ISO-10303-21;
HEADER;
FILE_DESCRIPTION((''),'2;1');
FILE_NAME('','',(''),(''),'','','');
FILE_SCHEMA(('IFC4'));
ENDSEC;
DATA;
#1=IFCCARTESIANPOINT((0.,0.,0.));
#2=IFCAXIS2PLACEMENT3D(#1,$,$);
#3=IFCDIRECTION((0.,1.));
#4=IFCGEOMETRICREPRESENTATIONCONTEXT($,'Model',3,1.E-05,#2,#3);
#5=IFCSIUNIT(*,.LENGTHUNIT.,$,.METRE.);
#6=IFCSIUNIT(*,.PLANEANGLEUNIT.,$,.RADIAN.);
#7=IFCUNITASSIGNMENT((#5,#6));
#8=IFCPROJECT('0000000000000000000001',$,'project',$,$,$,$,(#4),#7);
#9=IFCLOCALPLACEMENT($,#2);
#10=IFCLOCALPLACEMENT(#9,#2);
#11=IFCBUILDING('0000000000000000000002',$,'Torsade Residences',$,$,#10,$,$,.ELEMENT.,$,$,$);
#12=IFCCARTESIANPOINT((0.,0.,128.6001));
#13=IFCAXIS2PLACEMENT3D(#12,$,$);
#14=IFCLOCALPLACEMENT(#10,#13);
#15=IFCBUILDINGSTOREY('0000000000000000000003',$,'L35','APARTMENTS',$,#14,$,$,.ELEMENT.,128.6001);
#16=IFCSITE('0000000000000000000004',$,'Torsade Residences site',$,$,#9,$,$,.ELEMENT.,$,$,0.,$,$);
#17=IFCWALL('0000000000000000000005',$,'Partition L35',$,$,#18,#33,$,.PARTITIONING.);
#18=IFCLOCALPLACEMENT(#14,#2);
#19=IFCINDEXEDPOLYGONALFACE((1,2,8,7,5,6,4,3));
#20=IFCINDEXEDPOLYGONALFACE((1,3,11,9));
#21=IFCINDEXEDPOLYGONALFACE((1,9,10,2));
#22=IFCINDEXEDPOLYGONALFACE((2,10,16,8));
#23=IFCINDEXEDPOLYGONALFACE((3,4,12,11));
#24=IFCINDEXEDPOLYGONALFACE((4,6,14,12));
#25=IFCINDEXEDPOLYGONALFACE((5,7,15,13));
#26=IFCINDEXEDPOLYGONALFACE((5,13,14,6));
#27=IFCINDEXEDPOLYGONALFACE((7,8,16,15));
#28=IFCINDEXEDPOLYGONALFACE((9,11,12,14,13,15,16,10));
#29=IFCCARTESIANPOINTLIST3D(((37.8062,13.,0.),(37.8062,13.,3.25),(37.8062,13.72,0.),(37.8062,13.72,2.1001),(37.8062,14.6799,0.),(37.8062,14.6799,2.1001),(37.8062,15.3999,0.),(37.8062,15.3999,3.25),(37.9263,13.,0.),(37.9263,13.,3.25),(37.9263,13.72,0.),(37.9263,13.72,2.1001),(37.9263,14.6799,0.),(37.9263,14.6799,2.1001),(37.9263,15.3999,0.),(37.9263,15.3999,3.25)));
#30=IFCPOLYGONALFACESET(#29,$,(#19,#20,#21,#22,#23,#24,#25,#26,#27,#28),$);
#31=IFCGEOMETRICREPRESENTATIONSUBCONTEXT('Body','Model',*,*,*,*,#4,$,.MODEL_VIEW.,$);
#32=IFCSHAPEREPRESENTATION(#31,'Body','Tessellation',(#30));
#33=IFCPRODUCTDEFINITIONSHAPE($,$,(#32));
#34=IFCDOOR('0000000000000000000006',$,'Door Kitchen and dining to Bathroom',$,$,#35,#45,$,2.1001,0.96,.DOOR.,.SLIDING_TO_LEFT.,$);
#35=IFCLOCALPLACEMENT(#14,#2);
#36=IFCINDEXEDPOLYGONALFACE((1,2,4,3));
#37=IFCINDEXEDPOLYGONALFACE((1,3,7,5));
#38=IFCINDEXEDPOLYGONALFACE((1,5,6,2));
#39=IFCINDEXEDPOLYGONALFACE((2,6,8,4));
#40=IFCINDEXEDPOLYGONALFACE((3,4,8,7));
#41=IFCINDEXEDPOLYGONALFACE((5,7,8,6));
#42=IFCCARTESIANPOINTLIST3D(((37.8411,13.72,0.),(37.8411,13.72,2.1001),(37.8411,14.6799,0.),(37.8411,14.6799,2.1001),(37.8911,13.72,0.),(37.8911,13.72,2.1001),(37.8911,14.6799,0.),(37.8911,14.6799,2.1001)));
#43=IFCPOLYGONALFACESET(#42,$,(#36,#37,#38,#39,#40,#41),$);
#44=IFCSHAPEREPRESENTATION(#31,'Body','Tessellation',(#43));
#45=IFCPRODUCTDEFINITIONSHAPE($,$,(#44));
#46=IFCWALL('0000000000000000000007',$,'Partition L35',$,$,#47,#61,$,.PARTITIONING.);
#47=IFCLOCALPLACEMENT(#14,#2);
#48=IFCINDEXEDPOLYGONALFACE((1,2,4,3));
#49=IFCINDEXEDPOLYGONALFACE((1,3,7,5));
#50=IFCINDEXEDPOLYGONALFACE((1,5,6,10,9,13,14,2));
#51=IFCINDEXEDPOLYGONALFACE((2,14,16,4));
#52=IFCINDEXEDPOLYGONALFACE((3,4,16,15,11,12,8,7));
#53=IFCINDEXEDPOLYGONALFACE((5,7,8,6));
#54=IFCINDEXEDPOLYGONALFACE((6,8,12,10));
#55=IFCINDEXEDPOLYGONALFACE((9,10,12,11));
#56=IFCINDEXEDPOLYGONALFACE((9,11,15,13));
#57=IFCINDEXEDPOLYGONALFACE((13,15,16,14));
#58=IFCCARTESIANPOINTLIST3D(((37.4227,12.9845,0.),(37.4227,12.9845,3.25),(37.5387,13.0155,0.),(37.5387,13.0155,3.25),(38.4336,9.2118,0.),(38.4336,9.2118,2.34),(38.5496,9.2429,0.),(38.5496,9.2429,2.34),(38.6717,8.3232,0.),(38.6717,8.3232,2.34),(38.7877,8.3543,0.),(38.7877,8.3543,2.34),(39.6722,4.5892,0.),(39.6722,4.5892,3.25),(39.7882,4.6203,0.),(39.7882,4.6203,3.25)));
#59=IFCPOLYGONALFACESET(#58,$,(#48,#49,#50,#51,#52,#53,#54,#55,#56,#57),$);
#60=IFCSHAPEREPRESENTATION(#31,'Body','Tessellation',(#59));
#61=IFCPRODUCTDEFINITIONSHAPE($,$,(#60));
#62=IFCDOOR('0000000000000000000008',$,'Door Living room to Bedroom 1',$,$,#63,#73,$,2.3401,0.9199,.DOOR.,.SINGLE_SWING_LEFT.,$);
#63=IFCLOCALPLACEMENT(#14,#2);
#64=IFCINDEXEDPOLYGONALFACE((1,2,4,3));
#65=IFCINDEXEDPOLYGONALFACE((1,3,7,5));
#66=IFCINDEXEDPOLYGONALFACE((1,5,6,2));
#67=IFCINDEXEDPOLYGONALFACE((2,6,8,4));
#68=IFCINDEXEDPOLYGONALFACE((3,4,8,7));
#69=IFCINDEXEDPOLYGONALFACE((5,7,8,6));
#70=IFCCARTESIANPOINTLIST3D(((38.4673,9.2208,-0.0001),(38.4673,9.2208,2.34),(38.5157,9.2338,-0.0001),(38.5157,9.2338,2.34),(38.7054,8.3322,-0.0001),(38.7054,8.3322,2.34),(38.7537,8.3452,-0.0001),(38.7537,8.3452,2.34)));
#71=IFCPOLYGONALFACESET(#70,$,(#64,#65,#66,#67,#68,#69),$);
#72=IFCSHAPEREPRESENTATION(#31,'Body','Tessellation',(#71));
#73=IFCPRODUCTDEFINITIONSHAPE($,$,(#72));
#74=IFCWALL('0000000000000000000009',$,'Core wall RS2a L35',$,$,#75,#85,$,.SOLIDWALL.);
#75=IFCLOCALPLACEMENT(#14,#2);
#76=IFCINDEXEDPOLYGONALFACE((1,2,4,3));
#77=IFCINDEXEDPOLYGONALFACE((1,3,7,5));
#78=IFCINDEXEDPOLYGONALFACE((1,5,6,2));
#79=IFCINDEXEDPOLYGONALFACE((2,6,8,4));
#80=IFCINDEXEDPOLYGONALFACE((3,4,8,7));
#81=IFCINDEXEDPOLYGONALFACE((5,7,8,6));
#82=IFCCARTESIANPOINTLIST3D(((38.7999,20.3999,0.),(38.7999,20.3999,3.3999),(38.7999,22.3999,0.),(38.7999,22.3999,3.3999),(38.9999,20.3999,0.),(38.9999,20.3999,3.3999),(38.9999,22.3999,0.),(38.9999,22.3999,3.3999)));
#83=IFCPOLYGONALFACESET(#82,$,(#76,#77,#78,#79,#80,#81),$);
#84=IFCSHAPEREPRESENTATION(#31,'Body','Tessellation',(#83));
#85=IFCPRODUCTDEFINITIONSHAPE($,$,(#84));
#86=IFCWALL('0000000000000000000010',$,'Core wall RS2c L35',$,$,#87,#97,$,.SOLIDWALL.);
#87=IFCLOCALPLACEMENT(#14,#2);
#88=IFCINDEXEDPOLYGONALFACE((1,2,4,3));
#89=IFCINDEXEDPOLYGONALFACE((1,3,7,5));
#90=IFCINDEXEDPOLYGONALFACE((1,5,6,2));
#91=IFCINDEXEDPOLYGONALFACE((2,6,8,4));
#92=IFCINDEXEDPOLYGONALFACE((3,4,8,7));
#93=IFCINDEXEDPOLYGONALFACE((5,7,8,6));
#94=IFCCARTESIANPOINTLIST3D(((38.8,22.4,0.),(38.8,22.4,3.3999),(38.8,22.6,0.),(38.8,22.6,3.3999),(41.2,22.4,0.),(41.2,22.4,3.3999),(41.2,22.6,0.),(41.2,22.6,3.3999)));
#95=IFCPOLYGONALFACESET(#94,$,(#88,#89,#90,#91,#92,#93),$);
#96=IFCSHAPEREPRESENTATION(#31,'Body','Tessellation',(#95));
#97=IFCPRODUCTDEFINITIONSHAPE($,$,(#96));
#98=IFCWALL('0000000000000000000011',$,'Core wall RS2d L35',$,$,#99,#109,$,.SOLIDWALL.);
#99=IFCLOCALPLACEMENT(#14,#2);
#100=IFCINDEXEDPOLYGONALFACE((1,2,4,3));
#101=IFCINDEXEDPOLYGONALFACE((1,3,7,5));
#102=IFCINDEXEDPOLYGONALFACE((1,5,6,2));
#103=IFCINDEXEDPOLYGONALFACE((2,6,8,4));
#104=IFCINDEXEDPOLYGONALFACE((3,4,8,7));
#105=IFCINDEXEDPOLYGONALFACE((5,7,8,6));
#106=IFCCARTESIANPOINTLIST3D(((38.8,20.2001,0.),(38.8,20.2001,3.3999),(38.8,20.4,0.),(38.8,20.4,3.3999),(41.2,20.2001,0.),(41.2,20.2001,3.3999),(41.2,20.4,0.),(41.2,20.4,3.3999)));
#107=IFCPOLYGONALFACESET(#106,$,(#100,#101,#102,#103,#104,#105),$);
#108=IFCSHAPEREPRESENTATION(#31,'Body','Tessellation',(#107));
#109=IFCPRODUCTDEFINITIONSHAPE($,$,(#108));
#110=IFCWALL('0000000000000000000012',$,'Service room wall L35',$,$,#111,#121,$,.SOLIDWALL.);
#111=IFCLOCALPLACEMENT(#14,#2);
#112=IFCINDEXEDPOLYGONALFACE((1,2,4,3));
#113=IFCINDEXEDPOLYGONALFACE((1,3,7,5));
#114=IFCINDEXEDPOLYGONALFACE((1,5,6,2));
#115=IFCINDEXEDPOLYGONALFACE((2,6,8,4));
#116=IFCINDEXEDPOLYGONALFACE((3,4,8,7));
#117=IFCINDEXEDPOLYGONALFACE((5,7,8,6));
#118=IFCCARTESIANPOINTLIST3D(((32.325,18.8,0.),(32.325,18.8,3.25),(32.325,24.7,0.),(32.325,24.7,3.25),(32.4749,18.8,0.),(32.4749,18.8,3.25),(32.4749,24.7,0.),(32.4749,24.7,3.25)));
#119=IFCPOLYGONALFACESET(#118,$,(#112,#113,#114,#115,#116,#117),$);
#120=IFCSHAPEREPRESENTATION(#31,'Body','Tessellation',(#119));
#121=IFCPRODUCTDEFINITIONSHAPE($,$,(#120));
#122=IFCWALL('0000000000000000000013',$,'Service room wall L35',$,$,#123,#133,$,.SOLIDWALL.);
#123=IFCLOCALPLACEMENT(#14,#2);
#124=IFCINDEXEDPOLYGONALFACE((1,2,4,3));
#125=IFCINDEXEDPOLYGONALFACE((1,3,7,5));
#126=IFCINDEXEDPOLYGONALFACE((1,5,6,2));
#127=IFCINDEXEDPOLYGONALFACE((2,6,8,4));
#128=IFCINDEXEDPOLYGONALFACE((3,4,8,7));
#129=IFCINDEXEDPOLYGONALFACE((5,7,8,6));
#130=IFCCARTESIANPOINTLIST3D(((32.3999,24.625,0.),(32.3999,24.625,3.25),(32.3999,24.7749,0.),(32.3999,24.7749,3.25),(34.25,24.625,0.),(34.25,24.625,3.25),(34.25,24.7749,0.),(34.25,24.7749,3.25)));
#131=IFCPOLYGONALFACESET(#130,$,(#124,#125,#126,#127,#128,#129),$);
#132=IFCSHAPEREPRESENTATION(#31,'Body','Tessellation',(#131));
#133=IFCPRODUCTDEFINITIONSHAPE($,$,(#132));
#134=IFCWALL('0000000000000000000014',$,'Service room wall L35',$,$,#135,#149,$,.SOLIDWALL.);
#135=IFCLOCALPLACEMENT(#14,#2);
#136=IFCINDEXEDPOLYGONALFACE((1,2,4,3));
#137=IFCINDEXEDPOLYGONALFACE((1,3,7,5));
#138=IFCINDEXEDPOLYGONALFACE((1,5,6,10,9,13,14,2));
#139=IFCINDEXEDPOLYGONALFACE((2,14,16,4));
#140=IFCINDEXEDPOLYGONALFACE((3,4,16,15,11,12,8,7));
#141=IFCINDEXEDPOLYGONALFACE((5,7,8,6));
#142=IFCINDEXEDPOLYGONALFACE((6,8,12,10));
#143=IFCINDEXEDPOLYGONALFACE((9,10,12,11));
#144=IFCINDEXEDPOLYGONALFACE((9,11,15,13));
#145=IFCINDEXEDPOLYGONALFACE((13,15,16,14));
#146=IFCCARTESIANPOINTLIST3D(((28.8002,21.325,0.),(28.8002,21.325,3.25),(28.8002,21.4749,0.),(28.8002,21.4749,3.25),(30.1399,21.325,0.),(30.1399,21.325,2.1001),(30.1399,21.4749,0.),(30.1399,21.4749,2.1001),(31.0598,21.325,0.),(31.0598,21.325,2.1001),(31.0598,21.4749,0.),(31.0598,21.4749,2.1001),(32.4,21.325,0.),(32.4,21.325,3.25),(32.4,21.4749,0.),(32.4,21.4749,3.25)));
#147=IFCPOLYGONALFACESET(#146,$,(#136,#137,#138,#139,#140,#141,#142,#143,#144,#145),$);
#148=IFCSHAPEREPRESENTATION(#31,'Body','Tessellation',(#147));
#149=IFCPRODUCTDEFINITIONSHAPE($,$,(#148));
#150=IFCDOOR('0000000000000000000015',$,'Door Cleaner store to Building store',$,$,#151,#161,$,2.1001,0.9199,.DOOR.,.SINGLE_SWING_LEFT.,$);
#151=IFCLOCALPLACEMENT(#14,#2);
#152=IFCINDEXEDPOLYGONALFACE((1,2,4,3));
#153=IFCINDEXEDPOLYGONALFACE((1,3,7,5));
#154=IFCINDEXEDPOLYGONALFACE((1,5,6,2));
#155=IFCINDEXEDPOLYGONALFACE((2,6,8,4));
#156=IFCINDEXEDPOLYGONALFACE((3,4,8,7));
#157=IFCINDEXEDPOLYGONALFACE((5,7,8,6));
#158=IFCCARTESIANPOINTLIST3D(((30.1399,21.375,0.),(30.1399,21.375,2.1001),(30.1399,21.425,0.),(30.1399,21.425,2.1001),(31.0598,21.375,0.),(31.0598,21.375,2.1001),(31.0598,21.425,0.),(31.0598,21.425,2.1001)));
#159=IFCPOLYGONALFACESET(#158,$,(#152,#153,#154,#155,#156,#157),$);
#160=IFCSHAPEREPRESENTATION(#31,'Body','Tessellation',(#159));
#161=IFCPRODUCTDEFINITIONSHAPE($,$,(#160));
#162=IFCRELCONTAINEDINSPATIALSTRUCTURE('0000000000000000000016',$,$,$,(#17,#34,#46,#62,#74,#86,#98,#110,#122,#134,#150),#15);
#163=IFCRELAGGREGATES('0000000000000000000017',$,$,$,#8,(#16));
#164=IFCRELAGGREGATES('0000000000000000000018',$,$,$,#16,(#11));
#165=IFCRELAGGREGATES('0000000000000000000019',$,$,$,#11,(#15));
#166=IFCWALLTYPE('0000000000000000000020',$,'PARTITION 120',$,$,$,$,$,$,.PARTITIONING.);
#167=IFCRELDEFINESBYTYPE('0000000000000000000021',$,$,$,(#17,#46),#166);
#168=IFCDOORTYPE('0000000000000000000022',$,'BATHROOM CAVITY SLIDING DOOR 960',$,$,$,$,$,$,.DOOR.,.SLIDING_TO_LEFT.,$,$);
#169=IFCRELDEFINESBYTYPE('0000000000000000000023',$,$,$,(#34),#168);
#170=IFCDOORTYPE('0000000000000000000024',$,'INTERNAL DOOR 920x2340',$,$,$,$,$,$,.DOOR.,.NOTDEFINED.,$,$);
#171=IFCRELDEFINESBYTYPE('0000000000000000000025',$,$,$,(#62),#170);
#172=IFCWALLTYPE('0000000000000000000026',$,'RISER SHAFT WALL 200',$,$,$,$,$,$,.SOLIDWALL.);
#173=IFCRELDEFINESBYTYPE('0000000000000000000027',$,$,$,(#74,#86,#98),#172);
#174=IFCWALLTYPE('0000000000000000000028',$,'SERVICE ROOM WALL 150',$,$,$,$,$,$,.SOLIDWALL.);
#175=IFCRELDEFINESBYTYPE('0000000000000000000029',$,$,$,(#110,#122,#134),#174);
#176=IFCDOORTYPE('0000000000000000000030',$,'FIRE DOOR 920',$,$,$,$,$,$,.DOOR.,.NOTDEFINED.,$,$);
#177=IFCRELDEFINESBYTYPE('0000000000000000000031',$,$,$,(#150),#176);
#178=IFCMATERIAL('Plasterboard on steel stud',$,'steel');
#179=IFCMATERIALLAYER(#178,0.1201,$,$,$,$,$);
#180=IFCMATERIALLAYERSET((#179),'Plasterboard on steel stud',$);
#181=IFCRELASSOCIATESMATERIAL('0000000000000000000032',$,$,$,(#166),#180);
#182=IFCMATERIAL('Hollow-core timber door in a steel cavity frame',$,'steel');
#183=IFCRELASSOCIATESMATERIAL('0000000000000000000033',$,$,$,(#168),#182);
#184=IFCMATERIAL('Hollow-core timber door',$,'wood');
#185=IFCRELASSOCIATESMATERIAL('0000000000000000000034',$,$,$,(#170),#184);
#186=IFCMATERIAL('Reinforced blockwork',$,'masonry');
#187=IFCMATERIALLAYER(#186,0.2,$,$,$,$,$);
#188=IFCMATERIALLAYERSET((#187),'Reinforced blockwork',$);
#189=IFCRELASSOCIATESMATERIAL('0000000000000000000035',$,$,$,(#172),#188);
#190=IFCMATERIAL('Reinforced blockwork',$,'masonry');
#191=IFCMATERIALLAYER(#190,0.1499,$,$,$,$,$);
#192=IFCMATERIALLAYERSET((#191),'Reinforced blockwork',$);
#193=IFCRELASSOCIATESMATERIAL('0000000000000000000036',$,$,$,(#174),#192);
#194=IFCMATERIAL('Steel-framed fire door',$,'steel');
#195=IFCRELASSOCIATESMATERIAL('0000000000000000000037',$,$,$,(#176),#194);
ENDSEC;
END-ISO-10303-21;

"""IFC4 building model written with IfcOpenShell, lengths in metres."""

from ifc_helpers import new_model, si_unit, direction, frame, frame_2d, origin, place, context, subcontext, project, spatial, rectangle, extrude, material, layer, layer_set, type_object, element, fill, save


model = new_model("IFC4")

# Units and contexts
model_context = context("Model", 3, precision=1e-05, world=origin(), true_north=direction((0.0, 1.0)))
body_context = subcontext(model_context, "Body", "Model", "MODEL_VIEW")
ifc_project = project(units=[si_unit("LENGTHUNIT", "METRE"), si_unit("PLANEANGLEUNIT", "RADIAN")], contexts=[model_context])

# Site, building, storey
site_placement = place(None, origin())
site = spatial("IfcSite", under=ifc_project, at=site_placement, Name="Torsade Residences site", CompositionType="ELEMENT", RefElevation=0.0)
building_placement = place(site_placement, origin())
building = spatial("IfcBuilding", under=site, at=building_placement, Name="Torsade Residences", CompositionType="ELEMENT")
storey_placement = place(building_placement, frame((0.0, 0.0, 128.6001)))
storey = spatial("IfcBuildingStorey", under=building, at=storey_placement, Name="L35", Description="APARTMENTS", CompositionType="ELEMENT", Elevation=128.6001)

# Walls, openings, doors
ifc_material_1 = material(Name="Plasterboard on steel stud", Category="steel")
ifc_layer_1 = layer(ifc_material_1, 0.1201)
ifc_layer_set_1 = layer_set([ifc_layer_1], Name="Plasterboard on steel stud")
wall_type_1 = type_object("IfcWallType", Name="PARTITION 120", PredefinedType="PARTITIONING", material=ifc_layer_set_1)
wall_1_placement = place(storey_placement, frame((37.8662, 15.3999, 0.0), z_axis=(0.0, 0.0, 1.0), x_axis=(0.0, -1.0, 0.0)))
wall_1 = element("IfcWall", 1, at=wall_1_placement, inside=storey, type_object=wall_type_1, Name="Partition L35", PredefinedType="PARTITIONING", context=body_context, shape_type="SweptSolid", body=[
    extrude(rectangle(XDim=2.3999, YDim=0.1201, at=frame_2d((1.2, 0.0))), origin(), (0.0, 0.0, 1.0), 3.25),
])
opening_1_placement = place(wall_1_placement, frame((0.72, 0.0, 0.0)))
opening_1 = element("IfcOpeningElement", 2, at=opening_1_placement, cuts=wall_1, PredefinedType="OPENING", context=body_context, shape_type="SweptSolid", body=[
    extrude(rectangle(XDim=0.96, YDim=2.1001, at=frame_2d((0.48, 1.05))), frame((0.0, 0.0701, 0.0), z_axis=(0.0, -1.0, 0.0), x_axis=(1.0, 0.0, 0.0)), (0.0, 0.0, 1.0), 0.1401),
])
ifc_material_2 = material(Name="Hollow-core timber door in a steel cavity frame", Category="steel")
door_type_1 = type_object("IfcDoorType", Name="BATHROOM CAVITY SLIDING DOOR 960", OperationType="SLIDING_TO_LEFT", PredefinedType="DOOR", material=ifc_material_2)
door_1_placement = place(opening_1_placement, origin())
door_1 = element("IfcDoor", 3, at=door_1_placement, inside=storey, type_object=door_type_1, Name="Door Kitchen and dining to Bathroom", OperationType="SLIDING_TO_LEFT", OverallHeight=2.1001, OverallWidth=0.96, PredefinedType="DOOR", context=body_context, shape_type="SweptSolid", body=[
    extrude(rectangle(XDim=0.96, YDim=2.1001, at=frame_2d((0.48, 1.05))), frame((0.0, 0.0249, 0.0), z_axis=(0.0, -1.0, 0.0), x_axis=(1.0, 0.0, 0.0)), (0.0, 0.0, 1.0), 0.05),
])
fill(opening_1, door_1)
wall_2_placement = place(storey_placement, frame((37.4807, 13.0, 0.0), z_axis=(0.0, 0.0, 1.0), x_axis=(0.25882, -0.965926, 0.0)))
wall_2 = element("IfcWall", 4, at=wall_2_placement, inside=storey, type_object=wall_type_1, Name="Partition L35", PredefinedType="PARTITIONING", context=body_context, shape_type="SweptSolid", body=[
    extrude(rectangle(XDim=8.6914, YDim=0.1201, at=frame_2d((4.3457, 0.0))), origin(), (0.0, 0.0, 1.0), 3.25),
])
opening_2_placement = place(wall_2_placement, frame((3.9058, 0.0, 0.0)))
opening_2 = element("IfcOpeningElement", 5, at=opening_2_placement, cuts=wall_2, PredefinedType="OPENING", context=body_context, shape_type="SweptSolid", body=[
    extrude(rectangle(XDim=0.9199, YDim=2.3401, at=frame_2d((0.46, 1.1699))), frame((0.0, 0.0701, 0.0), z_axis=(0.0, -1.0, 0.0), x_axis=(1.0, 0.0, 0.0)), (0.0, 0.0, 1.0), 0.1401),
])
ifc_material_3 = material(Name="Hollow-core timber door", Category="wood")
door_type_2 = type_object("IfcDoorType", Name="INTERNAL DOOR 920x2340", OperationType="NOTDEFINED", PredefinedType="DOOR", material=ifc_material_3)
door_2_placement = place(opening_2_placement, origin())
door_2 = element("IfcDoor", 6, at=door_2_placement, inside=storey, type_object=door_type_2, Name="Door Living room to Bedroom 1", OperationType="SINGLE_SWING_LEFT", OverallHeight=2.3401, OverallWidth=0.9199, PredefinedType="DOOR", context=body_context, shape_type="SweptSolid", body=[
    extrude(rectangle(XDim=0.9199, YDim=2.3401, at=frame_2d((0.46, 1.1699))), frame((0.0, 0.0249, 0.0), z_axis=(0.0, -1.0, 0.0), x_axis=(1.0, 0.0, 0.0)), (0.0, 0.0, 1.0), 0.05),
])
fill(opening_2, door_2)

# Walls
ifc_material_4 = material(Name="Reinforced blockwork", Category="masonry")
ifc_layer_2 = layer(ifc_material_4, 0.2)
ifc_layer_set_2 = layer_set([ifc_layer_2], Name="Reinforced blockwork")
wall_type_2 = type_object("IfcWallType", Name="RISER SHAFT WALL 200", PredefinedType="SOLIDWALL", material=ifc_layer_set_2)
wall_3_placement = place(storey_placement, frame((38.8999, 22.3999, 0.0), z_axis=(0.0, 0.0, 1.0), x_axis=(0.0, -1.0, 0.0)))
element("IfcWall", 7, at=wall_3_placement, inside=storey, type_object=wall_type_2, Name="Core wall RS2a L35", PredefinedType="SOLIDWALL", context=body_context, shape_type="SweptSolid", body=[
    extrude(rectangle(XDim=2.0, YDim=0.2, at=frame_2d((1.0, 0.0))), origin(), (0.0, 0.0, 1.0), 3.3999),
])
for number, where, z_axis, x_axis, name in (
    (8, (38.8, 22.5, 0.0), (0.0, 0.0, 1.0), (1.0, 0.0, 0.0), "Core wall RS2c L35"),
    (9, (38.8, 20.3, 0.0), (0.0, 0.0, 1.0), (1.0, 0.0, 0.0), "Core wall RS2d L35"),
):
    element("IfcWall", number, at=place(storey_placement, frame(where, z_axis=z_axis, x_axis=x_axis)), inside=storey, type_object=wall_type_2, Name=name, PredefinedType="SOLIDWALL", context=body_context, shape_type="SweptSolid", body=[
        extrude(rectangle(XDim=2.3999, YDim=0.2, at=frame_2d((1.2, 0.0))), origin(), (0.0, 0.0, 1.0), 3.3999),
    ])
ifc_material_5 = material(Name="Reinforced blockwork", Category="masonry")
ifc_layer_3 = layer(ifc_material_5, 0.1499)
ifc_layer_set_3 = layer_set([ifc_layer_3], Name="Reinforced blockwork")
wall_type_3 = type_object("IfcWallType", Name="SERVICE ROOM WALL 150", PredefinedType="SOLIDWALL", material=ifc_layer_set_3)
wall_4_placement = place(storey_placement, frame((32.3999, 18.8, 0.0), z_axis=(0.0, 0.0, 1.0), x_axis=(0.0, 1.0, 0.0)))
element("IfcWall", 10, at=wall_4_placement, inside=storey, type_object=wall_type_3, Name="Service room wall L35", PredefinedType="SOLIDWALL", context=body_context, shape_type="SweptSolid", body=[
    extrude(rectangle(XDim=5.8999, YDim=0.1499, at=frame_2d((2.95, 0.0))), origin(), (0.0, 0.0, 1.0), 3.25),
])
wall_5_placement = place(storey_placement, frame((32.3999, 24.7, 0.0), z_axis=(0.0, 0.0, 1.0), x_axis=(1.0, 0.0, 0.0)))
element("IfcWall", 11, at=wall_5_placement, inside=storey, type_object=wall_type_3, Name="Service room wall L35", PredefinedType="SOLIDWALL", context=body_context, shape_type="SweptSolid", body=[
    extrude(rectangle(XDim=1.8501, YDim=0.1499, at=frame_2d((0.925, 0.0))), origin(), (0.0, 0.0, 1.0), 3.25),
])

# Wall, opening, door
wall_6_placement = place(storey_placement, frame((32.3999, 21.3999, 0.0), z_axis=(0.0, 0.0, 1.0), x_axis=(-1.0, 0.0, 0.0)))
wall_6 = element("IfcWall", 12, at=wall_6_placement, inside=storey, type_object=wall_type_3, Name="Service room wall L35", PredefinedType="SOLIDWALL", context=body_context, shape_type="SweptSolid", body=[
    extrude(rectangle(XDim=3.5999, YDim=0.1499, at=frame_2d((1.7998, 0.0))), origin(), (0.0, 0.0, 1.0), 3.25),
])
opening_3_placement = place(wall_6_placement, frame((1.3401, 0.0, 0.0)))
opening_3 = element("IfcOpeningElement", 13, at=opening_3_placement, cuts=wall_6, PredefinedType="OPENING", context=body_context, shape_type="SweptSolid", body=[
    extrude(rectangle(XDim=0.9199, YDim=2.1001, at=frame_2d((0.46, 1.05))), frame((0.0, 0.085, 0.0), z_axis=(0.0, -1.0, 0.0), x_axis=(1.0, 0.0, 0.0)), (0.0, 0.0, 1.0), 0.1699),
])
ifc_material_6 = material(Name="Steel-framed fire door", Category="steel")
door_type_3 = type_object("IfcDoorType", Name="FIRE DOOR 920", OperationType="NOTDEFINED", PredefinedType="DOOR", material=ifc_material_6)
door_3_placement = place(opening_3_placement, origin())
door_3 = element("IfcDoor", 14, at=door_3_placement, inside=storey, type_object=door_type_3, Name="Door Cleaner store to Building store", OperationType="SINGLE_SWING_LEFT", OverallHeight=2.1001, OverallWidth=0.9199, PredefinedType="DOOR", context=body_context, shape_type="SweptSolid", body=[
    extrude(rectangle(XDim=0.9199, YDim=2.1001, at=frame_2d((0.46, 1.05))), frame((0.0, 0.0249, 0.0), z_axis=(0.0, -1.0, 0.0), x_axis=(1.0, 0.0, 0.0)), (0.0, 0.0, 1.0), 0.05),
])
fill(opening_3, door_3)

save(model, "model.ifc")
